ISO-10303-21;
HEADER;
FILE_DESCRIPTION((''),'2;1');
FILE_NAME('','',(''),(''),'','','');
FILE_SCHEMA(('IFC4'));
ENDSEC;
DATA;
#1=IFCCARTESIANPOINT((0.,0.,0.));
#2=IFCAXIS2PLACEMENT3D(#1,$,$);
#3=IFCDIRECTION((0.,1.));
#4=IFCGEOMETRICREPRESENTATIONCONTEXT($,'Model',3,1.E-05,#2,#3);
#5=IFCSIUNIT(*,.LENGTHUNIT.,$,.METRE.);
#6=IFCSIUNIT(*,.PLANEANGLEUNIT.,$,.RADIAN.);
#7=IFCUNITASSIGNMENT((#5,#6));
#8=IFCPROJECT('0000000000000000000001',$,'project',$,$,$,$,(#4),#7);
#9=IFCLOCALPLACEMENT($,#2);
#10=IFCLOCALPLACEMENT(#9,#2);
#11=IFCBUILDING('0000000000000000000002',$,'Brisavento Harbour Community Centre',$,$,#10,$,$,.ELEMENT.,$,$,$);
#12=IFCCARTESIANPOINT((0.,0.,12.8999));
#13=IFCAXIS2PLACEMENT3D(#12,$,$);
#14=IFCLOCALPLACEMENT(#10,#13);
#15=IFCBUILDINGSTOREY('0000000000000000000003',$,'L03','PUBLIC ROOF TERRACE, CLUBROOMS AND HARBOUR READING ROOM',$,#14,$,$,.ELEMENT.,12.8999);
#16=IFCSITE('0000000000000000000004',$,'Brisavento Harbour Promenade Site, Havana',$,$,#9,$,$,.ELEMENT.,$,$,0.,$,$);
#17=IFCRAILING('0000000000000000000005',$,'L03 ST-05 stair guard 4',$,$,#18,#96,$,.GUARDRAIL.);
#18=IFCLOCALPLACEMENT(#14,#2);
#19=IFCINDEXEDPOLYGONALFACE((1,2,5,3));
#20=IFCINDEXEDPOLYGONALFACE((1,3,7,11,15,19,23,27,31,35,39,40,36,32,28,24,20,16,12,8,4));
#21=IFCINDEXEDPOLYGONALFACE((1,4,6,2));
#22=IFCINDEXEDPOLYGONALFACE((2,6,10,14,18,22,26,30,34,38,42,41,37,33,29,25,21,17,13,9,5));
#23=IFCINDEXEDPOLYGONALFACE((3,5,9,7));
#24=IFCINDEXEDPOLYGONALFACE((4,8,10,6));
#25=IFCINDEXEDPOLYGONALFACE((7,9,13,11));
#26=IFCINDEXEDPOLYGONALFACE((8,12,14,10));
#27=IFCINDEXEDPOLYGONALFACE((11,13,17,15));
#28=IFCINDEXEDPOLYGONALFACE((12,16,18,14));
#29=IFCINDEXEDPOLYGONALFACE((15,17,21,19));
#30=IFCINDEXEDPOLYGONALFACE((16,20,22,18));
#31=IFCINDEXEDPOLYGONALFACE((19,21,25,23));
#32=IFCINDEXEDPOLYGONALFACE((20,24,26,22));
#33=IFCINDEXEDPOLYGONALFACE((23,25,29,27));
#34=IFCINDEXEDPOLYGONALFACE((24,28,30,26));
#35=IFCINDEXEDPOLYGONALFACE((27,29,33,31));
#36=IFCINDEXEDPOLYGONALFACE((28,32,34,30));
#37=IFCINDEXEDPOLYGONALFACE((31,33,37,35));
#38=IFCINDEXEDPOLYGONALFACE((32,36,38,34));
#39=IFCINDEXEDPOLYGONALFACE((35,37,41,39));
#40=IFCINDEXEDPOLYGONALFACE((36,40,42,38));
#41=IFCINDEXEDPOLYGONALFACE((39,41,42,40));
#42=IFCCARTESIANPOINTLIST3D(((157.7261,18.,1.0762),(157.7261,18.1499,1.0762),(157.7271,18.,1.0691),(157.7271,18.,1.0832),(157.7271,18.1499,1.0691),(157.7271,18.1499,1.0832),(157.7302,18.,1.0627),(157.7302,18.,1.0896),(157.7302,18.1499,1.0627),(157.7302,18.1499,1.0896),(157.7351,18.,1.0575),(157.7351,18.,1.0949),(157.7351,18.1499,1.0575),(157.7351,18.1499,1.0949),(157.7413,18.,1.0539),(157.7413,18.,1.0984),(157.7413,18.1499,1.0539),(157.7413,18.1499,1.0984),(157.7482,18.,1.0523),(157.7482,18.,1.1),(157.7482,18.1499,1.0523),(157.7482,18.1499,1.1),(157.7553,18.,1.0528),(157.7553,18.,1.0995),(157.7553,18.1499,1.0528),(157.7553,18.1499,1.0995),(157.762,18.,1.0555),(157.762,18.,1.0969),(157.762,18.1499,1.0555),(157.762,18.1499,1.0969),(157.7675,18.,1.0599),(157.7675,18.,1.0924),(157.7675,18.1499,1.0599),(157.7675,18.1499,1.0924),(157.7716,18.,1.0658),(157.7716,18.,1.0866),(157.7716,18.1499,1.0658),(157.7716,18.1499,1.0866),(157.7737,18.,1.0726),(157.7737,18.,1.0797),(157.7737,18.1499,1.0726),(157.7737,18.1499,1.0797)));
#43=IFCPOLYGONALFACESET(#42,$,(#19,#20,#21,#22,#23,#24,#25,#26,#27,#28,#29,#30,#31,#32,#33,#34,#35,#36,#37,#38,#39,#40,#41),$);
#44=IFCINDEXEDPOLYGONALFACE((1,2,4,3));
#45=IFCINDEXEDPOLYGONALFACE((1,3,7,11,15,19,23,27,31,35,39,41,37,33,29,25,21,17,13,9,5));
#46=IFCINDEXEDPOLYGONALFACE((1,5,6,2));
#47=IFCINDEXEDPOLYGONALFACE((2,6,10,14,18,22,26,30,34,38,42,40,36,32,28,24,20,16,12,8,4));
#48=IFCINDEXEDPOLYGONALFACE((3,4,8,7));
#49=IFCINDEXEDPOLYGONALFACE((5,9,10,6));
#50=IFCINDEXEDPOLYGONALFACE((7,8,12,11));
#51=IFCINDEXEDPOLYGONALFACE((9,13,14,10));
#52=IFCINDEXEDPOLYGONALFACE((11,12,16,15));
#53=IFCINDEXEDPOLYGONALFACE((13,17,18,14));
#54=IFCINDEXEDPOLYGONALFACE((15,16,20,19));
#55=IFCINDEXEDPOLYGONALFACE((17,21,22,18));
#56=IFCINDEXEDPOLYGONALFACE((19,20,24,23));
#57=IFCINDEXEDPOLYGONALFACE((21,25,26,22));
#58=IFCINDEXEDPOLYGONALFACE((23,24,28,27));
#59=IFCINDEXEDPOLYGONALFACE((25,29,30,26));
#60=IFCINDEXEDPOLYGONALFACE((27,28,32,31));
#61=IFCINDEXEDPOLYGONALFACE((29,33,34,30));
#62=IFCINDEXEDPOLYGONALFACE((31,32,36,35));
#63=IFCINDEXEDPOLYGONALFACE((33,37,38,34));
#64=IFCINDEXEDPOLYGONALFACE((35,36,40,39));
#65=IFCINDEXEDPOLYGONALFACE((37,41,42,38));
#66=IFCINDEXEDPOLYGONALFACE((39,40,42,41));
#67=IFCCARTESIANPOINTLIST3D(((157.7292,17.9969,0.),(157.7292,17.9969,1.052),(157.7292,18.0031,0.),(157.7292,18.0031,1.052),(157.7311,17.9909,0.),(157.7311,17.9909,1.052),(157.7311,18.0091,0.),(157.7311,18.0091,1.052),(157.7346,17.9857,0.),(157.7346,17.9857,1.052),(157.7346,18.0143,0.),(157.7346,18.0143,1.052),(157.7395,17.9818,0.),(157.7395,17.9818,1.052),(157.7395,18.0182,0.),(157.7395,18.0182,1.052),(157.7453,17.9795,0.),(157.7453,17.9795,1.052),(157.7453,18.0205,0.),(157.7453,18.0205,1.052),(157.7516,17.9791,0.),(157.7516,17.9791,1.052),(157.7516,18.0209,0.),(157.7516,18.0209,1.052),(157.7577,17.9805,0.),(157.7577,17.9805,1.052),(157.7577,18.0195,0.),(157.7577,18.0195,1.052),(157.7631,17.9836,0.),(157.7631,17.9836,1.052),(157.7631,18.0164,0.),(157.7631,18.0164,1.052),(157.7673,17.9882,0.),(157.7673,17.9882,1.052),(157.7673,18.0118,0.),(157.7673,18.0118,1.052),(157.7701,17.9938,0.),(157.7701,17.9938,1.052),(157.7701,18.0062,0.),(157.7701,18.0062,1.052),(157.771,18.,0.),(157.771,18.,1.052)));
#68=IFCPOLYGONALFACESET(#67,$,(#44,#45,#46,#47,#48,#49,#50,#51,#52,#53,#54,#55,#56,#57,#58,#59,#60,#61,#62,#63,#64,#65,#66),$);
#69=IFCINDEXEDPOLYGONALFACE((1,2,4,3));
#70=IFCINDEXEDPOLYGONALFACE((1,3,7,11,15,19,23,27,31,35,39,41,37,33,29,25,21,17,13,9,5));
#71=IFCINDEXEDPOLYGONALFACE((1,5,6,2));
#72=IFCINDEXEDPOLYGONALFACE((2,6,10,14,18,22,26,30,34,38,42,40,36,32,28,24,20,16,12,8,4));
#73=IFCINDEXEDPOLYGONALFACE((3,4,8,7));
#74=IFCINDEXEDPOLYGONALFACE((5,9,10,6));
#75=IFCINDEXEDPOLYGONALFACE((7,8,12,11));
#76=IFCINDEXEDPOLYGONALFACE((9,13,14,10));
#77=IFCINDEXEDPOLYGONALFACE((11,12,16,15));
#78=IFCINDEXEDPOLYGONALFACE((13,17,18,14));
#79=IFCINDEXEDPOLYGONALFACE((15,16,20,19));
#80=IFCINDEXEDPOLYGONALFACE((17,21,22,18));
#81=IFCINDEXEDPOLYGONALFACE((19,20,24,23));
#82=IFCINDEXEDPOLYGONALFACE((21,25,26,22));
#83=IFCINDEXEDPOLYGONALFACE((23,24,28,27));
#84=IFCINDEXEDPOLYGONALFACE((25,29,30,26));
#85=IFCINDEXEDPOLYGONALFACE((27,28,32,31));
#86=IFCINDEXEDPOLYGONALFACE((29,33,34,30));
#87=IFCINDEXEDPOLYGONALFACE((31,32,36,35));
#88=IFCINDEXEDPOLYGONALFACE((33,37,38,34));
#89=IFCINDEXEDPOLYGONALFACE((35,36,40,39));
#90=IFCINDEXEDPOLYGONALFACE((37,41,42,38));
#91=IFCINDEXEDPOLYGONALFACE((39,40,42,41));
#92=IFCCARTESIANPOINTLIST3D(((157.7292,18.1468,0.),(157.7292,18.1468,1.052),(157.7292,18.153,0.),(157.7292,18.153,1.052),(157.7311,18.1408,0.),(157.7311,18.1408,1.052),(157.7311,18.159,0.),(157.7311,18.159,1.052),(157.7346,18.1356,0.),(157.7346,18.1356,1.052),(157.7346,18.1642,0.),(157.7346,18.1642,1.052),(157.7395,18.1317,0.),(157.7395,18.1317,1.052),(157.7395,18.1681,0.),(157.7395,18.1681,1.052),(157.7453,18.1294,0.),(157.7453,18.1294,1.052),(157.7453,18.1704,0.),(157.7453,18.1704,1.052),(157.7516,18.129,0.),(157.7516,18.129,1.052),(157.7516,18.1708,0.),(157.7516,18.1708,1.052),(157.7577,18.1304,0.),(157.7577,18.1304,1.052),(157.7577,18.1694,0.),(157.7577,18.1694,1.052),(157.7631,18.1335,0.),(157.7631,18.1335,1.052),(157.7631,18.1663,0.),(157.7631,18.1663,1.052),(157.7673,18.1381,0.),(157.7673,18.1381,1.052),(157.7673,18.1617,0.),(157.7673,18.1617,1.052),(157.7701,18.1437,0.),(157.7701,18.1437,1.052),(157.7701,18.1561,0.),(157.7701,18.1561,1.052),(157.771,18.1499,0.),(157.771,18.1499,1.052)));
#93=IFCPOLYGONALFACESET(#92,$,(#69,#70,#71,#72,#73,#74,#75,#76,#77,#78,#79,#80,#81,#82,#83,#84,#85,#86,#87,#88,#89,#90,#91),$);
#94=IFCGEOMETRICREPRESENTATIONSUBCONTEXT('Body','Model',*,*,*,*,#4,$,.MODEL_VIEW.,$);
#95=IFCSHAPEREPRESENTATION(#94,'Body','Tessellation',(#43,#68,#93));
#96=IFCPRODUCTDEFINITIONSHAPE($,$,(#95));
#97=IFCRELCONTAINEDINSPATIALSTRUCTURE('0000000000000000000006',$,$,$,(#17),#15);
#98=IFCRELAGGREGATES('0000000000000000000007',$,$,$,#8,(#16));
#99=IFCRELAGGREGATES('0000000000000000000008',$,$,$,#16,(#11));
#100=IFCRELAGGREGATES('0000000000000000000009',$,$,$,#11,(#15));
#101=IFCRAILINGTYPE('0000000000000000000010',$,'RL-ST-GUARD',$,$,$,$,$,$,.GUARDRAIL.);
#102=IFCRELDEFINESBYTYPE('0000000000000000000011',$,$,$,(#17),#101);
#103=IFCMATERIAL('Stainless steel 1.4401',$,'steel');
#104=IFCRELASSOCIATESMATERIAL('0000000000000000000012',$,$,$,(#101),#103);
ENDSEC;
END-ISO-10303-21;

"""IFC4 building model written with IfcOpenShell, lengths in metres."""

from ifc_helpers import new_model, si_unit, direction, frame, origin, origin_2d, place, context, subcontext, project, spatial, circle, extrude, material, type_object, element, save


model = new_model("IFC4")

# Units and contexts
model_context = context("Model", 3, precision=1e-05, world=origin(), true_north=direction((0.0, 1.0)))
body_context = subcontext(model_context, "Body", "Model", "MODEL_VIEW")
ifc_project = project(units=[si_unit("LENGTHUNIT", "METRE"), si_unit("PLANEANGLEUNIT", "RADIAN")], contexts=[model_context])

# Site, building, storey
site_placement = place(None, origin())
site = spatial("IfcSite", under=ifc_project, at=site_placement, Name="Brisavento Harbour Promenade Site, Havana", CompositionType="ELEMENT", RefElevation=0.0)
building_placement = place(site_placement, origin())
building = spatial("IfcBuilding", under=site, at=building_placement, Name="Brisavento Harbour Community Centre", CompositionType="ELEMENT")
storey_placement = place(building_placement, frame((0.0, 0.0, 12.8999)))
storey = spatial("IfcBuildingStorey", under=building, at=storey_placement, Name="L03", Description="PUBLIC ROOF TERRACE, CLUBROOMS AND HARBOUR READING ROOM", CompositionType="ELEMENT", Elevation=12.8999)

# Railing
ifc_material_1 = material(Name="Stainless steel 1.4401", Category="steel")
railing_type_1 = type_object("IfcRailingType", Name="RL-ST-GUARD", PredefinedType="GUARDRAIL", material=ifc_material_1)
railing_1_placement = place(storey_placement, frame((157.75, 18.0, 0.0)))
element("IfcRailing", 1, at=railing_1_placement, inside=storey, type_object=railing_type_1, Name="L03 ST-05 stair guard 4", PredefinedType="GUARDRAIL", context=body_context, shape_type="SweptSolid", body=[
    extrude(circle(Radius=0.0239, at=origin_2d()), frame((0.0, 0.0, 1.0762), z_axis=(0.0, 1.0, 0.0), x_axis=(-1.0, 0.0, 0.0)), (0.0, 0.0, 1.0), 0.1499),
    extrude(circle(Radius=0.021, at=origin_2d()), origin(), (0.0, 0.0, 1.0), 1.052),
    extrude(circle(Radius=0.021, at=origin_2d()), frame((0.0, 0.1499, 0.0)), (0.0, 0.0, 1.0), 1.052),
])

save(model, "model.ifc")
